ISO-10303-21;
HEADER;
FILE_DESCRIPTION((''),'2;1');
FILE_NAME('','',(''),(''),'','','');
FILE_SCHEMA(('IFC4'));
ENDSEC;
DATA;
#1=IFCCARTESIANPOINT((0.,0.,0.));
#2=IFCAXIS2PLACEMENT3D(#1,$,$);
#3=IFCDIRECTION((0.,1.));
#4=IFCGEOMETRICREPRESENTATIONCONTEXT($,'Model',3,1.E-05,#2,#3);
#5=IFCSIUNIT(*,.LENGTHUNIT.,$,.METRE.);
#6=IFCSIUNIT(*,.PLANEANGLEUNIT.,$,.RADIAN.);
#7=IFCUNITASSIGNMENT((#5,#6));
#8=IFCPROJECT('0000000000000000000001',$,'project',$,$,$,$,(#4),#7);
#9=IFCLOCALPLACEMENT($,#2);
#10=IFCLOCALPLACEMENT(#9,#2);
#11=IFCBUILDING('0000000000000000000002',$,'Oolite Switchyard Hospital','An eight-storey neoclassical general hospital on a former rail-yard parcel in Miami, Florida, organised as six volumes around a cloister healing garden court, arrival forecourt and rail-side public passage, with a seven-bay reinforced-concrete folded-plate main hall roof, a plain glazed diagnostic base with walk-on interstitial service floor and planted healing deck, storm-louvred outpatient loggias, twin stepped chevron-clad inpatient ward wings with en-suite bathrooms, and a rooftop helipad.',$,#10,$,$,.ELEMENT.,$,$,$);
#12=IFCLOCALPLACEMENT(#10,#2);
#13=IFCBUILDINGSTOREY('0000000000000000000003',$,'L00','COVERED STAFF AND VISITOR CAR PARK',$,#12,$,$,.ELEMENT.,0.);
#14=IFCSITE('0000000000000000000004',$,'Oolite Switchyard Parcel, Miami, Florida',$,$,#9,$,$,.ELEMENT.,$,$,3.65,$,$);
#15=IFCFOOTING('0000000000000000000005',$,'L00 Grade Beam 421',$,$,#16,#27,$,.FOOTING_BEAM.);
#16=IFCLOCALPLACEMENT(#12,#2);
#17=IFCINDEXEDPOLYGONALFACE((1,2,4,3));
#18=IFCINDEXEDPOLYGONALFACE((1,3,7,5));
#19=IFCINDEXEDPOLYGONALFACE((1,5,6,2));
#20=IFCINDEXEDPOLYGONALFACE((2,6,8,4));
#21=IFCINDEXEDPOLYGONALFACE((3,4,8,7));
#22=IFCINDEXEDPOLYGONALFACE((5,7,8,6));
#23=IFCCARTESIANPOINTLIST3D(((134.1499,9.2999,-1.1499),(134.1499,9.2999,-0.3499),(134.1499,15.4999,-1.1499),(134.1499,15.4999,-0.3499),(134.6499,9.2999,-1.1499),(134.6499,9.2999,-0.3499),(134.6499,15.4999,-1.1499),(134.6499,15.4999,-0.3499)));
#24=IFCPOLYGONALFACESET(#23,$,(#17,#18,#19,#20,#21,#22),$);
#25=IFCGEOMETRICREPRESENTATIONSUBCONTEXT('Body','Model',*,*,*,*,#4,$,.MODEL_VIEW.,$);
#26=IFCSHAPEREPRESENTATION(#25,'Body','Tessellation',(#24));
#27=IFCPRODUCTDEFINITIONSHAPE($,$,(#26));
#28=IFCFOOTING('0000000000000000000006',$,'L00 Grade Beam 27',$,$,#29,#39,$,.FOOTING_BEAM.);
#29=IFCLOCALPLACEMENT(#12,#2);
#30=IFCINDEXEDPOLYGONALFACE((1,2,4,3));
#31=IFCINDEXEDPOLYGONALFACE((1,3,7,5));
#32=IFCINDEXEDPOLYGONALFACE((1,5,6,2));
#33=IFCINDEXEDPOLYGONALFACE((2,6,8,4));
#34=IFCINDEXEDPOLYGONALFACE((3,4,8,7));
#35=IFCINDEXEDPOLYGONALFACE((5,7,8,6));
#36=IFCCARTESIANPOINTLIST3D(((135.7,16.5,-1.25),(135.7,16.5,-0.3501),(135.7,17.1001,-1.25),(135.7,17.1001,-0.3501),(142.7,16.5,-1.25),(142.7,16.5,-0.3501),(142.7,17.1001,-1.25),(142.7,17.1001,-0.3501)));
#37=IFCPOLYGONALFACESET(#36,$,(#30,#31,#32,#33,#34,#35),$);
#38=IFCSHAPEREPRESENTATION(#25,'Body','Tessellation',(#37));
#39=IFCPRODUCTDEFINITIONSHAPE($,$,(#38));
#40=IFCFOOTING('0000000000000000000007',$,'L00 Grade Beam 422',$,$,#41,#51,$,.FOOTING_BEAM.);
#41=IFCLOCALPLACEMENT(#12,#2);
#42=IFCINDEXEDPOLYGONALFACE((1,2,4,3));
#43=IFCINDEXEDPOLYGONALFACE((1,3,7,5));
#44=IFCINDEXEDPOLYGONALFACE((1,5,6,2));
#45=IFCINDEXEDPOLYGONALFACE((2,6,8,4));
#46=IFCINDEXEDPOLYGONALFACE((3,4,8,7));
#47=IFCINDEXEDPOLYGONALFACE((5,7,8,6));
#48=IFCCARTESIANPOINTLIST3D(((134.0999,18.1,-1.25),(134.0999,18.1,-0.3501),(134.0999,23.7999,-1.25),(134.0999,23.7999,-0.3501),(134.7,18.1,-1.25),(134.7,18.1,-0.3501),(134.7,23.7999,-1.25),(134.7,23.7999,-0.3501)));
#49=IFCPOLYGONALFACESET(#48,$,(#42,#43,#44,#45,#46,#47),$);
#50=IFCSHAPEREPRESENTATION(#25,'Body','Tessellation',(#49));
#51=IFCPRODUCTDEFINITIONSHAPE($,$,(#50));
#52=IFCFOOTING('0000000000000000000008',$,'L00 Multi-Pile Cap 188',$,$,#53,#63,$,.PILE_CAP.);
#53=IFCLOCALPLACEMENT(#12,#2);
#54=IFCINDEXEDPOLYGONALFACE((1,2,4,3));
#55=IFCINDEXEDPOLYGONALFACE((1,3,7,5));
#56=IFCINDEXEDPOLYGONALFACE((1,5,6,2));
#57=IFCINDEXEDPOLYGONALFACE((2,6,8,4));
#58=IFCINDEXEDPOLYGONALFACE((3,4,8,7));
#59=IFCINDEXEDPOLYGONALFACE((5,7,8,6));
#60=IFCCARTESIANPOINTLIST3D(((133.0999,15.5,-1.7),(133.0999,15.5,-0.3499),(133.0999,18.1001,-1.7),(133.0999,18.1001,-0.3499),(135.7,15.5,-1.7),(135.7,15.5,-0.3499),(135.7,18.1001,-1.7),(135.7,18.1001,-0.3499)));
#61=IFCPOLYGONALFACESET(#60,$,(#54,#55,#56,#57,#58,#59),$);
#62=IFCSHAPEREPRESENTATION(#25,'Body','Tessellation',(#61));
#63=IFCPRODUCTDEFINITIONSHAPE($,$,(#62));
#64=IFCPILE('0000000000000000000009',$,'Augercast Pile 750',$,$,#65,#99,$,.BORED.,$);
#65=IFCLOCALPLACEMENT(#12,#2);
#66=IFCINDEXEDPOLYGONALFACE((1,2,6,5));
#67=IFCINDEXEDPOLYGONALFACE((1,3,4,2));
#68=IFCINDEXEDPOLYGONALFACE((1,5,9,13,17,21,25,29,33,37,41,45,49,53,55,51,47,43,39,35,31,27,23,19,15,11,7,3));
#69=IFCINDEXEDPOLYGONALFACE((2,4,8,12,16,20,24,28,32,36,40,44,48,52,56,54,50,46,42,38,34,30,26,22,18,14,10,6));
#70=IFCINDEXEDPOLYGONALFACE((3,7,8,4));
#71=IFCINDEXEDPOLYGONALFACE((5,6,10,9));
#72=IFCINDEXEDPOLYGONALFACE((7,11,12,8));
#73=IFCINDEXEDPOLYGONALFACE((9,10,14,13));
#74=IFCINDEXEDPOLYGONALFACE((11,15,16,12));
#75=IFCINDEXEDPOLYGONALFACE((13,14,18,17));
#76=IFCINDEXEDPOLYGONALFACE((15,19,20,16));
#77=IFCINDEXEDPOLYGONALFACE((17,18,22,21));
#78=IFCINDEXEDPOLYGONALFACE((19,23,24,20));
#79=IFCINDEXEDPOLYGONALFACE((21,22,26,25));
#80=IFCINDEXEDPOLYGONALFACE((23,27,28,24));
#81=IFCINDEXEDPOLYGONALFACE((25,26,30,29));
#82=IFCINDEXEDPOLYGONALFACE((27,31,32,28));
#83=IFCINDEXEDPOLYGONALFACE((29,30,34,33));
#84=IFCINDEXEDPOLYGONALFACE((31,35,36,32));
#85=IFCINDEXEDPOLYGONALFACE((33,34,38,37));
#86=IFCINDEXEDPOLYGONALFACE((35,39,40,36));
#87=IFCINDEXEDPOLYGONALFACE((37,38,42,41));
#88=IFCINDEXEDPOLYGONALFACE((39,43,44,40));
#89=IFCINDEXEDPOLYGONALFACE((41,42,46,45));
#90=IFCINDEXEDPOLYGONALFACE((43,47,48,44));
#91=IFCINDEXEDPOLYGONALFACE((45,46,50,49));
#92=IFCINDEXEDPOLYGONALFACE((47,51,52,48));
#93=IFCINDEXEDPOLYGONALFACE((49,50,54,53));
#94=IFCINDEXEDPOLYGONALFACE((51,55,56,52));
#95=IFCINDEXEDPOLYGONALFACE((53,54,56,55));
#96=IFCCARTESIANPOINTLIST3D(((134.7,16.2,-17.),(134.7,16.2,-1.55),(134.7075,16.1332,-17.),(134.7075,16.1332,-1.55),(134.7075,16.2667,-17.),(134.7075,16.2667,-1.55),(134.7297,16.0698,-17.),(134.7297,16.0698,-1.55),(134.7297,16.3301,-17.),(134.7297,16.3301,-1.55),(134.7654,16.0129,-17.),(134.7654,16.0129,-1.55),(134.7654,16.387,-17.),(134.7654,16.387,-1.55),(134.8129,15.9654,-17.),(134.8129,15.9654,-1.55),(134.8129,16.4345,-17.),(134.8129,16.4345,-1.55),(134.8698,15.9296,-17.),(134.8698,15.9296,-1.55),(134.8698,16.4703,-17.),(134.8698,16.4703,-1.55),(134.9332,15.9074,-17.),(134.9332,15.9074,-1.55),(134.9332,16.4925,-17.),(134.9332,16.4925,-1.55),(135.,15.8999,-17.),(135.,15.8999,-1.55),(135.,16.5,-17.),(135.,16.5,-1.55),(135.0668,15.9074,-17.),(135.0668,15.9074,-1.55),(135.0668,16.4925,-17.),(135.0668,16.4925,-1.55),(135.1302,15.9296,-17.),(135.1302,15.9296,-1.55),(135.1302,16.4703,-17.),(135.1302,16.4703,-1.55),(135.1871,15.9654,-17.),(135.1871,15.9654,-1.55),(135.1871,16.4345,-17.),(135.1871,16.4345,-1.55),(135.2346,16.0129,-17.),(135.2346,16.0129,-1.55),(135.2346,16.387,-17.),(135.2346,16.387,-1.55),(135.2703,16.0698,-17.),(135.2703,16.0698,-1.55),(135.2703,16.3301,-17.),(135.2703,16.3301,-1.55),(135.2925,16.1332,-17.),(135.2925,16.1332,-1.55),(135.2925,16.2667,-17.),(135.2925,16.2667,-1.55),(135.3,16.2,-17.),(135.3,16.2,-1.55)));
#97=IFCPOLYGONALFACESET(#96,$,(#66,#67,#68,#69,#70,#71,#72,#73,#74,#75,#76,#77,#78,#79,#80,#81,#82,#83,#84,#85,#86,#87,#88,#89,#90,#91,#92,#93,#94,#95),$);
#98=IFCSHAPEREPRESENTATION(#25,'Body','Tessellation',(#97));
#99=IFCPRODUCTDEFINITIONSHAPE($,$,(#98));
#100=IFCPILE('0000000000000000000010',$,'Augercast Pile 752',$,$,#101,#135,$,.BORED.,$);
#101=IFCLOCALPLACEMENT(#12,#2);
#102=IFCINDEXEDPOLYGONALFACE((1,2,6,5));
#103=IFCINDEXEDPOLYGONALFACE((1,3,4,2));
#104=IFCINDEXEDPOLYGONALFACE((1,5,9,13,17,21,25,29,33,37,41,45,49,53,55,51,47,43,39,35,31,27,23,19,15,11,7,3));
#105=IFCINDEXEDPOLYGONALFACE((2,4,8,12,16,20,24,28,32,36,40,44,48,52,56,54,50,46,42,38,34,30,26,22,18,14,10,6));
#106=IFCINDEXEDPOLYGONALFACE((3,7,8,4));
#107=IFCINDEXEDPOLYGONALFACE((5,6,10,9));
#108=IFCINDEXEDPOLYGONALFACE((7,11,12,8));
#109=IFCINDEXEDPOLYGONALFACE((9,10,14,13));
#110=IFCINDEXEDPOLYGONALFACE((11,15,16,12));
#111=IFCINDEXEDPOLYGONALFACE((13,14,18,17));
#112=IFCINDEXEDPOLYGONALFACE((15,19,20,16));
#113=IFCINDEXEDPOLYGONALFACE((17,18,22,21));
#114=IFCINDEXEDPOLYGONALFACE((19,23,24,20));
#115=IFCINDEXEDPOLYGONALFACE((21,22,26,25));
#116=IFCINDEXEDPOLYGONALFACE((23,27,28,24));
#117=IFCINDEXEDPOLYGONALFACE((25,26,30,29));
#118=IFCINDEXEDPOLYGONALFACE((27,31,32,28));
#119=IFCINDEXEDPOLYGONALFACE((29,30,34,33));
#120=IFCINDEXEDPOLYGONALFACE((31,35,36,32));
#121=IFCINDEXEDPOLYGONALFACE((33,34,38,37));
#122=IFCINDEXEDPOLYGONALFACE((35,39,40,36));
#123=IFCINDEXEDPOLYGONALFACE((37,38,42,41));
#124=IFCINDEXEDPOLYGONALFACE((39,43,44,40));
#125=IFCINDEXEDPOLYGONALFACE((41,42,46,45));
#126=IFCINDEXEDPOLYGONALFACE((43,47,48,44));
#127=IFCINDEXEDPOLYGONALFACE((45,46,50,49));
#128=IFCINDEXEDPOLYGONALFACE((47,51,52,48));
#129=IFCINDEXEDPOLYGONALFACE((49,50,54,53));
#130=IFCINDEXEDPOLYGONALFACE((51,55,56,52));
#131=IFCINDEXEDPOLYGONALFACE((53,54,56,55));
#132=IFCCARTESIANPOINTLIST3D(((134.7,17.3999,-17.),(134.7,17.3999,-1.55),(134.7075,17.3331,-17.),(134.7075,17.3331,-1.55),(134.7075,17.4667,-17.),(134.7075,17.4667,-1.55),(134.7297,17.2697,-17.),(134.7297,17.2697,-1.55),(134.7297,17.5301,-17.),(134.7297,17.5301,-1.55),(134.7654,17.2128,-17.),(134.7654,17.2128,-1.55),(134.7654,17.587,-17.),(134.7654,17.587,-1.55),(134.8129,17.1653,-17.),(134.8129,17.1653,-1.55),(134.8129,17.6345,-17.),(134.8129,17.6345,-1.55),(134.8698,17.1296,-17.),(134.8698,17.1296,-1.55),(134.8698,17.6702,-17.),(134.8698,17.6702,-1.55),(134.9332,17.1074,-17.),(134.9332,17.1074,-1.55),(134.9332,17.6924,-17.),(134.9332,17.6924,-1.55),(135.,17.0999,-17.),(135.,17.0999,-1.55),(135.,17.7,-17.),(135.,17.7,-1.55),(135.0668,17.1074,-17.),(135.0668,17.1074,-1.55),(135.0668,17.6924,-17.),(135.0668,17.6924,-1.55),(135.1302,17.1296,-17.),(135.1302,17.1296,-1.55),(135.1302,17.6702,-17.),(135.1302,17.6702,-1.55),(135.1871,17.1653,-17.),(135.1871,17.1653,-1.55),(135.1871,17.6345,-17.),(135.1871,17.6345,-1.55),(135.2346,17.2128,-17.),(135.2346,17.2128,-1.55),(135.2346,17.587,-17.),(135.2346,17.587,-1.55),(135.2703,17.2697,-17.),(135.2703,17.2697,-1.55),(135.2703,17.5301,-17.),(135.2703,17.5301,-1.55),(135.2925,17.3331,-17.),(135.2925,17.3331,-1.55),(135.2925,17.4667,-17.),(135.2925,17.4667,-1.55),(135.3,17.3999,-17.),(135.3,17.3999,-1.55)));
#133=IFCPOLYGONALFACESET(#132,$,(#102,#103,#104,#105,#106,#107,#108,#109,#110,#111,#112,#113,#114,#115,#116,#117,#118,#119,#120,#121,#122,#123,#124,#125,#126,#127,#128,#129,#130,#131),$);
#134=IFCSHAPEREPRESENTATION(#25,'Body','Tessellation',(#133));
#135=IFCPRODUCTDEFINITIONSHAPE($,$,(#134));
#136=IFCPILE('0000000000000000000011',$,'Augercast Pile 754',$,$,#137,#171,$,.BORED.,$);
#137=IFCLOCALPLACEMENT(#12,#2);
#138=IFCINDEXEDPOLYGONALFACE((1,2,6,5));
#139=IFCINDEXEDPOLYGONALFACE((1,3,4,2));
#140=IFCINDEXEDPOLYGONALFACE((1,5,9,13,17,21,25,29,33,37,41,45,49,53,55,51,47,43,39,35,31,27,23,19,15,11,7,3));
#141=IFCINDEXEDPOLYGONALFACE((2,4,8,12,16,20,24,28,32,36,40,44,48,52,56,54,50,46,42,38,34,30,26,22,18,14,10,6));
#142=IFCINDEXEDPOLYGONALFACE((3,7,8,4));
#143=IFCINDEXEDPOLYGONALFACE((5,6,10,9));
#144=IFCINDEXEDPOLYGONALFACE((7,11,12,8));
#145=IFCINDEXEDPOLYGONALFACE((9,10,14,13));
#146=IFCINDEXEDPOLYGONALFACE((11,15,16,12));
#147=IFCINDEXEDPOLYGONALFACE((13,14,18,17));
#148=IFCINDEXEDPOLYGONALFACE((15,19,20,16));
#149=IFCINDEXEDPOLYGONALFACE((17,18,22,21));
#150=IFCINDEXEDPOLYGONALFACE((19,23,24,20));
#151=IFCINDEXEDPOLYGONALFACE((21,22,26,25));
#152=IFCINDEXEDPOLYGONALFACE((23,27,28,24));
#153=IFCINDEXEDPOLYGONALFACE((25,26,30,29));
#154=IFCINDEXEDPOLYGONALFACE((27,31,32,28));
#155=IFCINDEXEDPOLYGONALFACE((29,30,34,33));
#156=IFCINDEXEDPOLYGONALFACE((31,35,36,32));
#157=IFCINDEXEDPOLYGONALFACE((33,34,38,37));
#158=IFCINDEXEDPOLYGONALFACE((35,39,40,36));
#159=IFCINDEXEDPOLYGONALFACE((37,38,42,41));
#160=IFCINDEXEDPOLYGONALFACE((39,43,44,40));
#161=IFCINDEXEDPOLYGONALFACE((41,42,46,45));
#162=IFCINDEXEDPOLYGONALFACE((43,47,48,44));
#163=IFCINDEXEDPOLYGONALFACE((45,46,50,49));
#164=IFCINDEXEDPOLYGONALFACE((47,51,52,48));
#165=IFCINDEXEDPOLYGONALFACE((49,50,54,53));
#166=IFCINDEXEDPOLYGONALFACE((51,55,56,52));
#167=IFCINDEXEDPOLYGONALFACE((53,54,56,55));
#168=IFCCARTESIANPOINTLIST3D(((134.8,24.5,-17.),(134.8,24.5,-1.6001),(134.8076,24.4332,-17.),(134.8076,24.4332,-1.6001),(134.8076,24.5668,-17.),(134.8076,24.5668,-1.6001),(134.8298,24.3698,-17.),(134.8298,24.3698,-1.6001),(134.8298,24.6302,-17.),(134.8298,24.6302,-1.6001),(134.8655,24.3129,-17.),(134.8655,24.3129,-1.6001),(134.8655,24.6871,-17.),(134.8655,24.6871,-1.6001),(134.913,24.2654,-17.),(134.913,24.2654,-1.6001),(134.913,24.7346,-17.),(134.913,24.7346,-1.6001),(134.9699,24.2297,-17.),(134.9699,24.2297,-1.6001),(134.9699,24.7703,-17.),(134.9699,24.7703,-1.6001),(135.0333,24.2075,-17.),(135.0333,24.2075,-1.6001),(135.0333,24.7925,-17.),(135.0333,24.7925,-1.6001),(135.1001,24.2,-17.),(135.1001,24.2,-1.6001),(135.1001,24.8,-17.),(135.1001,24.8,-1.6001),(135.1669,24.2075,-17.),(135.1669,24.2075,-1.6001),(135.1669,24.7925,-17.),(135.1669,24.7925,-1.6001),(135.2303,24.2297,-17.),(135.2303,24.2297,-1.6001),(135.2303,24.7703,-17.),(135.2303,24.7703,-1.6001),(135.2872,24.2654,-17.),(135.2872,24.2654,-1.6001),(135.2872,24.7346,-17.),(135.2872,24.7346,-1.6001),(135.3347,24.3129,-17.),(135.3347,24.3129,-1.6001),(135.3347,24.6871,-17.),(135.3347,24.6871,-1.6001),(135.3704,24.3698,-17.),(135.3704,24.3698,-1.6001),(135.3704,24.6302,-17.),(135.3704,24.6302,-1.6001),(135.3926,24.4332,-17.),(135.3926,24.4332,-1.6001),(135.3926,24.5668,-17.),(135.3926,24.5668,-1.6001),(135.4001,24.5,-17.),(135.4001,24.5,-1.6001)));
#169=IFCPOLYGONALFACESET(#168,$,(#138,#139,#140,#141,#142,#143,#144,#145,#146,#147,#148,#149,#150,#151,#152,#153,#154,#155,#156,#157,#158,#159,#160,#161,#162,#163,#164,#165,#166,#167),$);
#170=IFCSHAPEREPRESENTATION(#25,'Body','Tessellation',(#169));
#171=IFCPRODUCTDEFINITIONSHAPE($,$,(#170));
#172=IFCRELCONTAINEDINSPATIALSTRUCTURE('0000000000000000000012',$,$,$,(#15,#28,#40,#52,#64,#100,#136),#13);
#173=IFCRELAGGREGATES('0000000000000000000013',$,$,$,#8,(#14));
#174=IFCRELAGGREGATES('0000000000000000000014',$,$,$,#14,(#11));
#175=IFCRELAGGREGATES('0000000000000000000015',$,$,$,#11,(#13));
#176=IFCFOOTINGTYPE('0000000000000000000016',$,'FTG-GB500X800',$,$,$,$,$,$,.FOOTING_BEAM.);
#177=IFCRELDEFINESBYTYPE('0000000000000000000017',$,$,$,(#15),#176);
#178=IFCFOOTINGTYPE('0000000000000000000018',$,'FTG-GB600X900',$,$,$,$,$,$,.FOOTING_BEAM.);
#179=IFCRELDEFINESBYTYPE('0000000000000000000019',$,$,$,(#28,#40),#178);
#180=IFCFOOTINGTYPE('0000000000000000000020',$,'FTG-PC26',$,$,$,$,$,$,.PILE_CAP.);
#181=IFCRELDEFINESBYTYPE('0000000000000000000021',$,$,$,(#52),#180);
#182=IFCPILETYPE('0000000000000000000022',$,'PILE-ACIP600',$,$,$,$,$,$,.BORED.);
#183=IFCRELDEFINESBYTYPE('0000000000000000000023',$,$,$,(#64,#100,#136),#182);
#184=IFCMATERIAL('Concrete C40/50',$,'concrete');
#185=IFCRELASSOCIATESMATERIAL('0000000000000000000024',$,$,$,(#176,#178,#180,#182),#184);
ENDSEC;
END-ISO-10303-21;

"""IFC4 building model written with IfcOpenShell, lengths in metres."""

from ifc_helpers import new_model, si_unit, direction, frame, origin, origin_2d, place, context, subcontext, project, spatial, rectangle, circle, extrude, material, material_profile, profile_set, type_object, element, save


model = new_model("IFC4")

# Units and contexts
model_context = context("Model", 3, precision=1e-05, world=origin(), true_north=direction((0.0, 1.0)))
body_context = subcontext(model_context, "Body", "Model", "MODEL_VIEW")
ifc_project = project(units=[si_unit("LENGTHUNIT", "METRE"), si_unit("PLANEANGLEUNIT", "RADIAN")], contexts=[model_context])

# Site, building, storey
site_placement = place(None, origin())
site = spatial("IfcSite", under=ifc_project, at=site_placement, Name="Oolite Switchyard Parcel, Miami, Florida", CompositionType="ELEMENT", RefElevation=3.65)
building_placement = place(site_placement, origin())
building = spatial("IfcBuilding", under=site, at=building_placement, Name="Oolite Switchyard Hospital", Description="An eight-storey neoclassical general hospital on a former rail-yard parcel in Miami, Florida, organised as six volumes around a cloister healing garden court, arrival forecourt and rail-side public passage, with a seven-bay reinforced-concrete folded-plate main hall roof, a plain glazed diagnostic base with walk-on interstitial service floor and planted healing deck, storm-louvred outpatient loggias, twin stepped chevron-clad inpatient ward wings with en-suite bathrooms, and a rooftop helipad.", CompositionType="ELEMENT")
storey_placement = place(building_placement, origin())
storey = spatial("IfcBuildingStorey", under=building, at=storey_placement, Name="L00", Description="COVERED STAFF AND VISITOR CAR PARK", CompositionType="ELEMENT", Elevation=0.0)

# Footings
ifc_material_1 = material(Name="Concrete C40/50", Category="concrete")
footing_type_1 = type_object("IfcFootingType", Name="FTG-GB500X800", PredefinedType="FOOTING_BEAM", material=ifc_material_1)
footing_1_placement = place(storey_placement, frame((134.3999, 12.3999, -1.1499), z_axis=(0.0, 0.0, 1.0), x_axis=(0.0, 1.0, 0.0)))
element("IfcFooting", 1, at=footing_1_placement, inside=storey, type_object=footing_type_1, Name="L00 Grade Beam 421", PredefinedType="FOOTING_BEAM", context=body_context, shape_type="SweptSolid", body=[
    extrude(rectangle(XDim=6.2, YDim=0.5, at=origin_2d()), origin(), (0.0, 0.0, 1.0), 0.8),
])
footing_type_2 = type_object("IfcFootingType", Name="FTG-GB600X900", PredefinedType="FOOTING_BEAM", material=ifc_material_1)
footing_2_placement = place(storey_placement, frame((139.2, 16.8, -1.25), z_axis=(0.0, 0.0, 1.0), x_axis=(1.0, 0.0, 0.0)))
element("IfcFooting", 2, at=footing_2_placement, inside=storey, type_object=footing_type_2, Name="L00 Grade Beam 27", PredefinedType="FOOTING_BEAM", context=body_context, shape_type="SweptSolid", body=[
    extrude(rectangle(XDim=7.0, YDim=0.6001, at=origin_2d()), origin(), (0.0, 0.0, 1.0), 0.8999),
])
footing_3_placement = place(storey_placement, frame((134.3999, 20.95, -1.25), z_axis=(0.0, 0.0, 1.0), x_axis=(0.0, 1.0, 0.0)))
element("IfcFooting", 3, at=footing_3_placement, inside=storey, type_object=footing_type_2, Name="L00 Grade Beam 422", PredefinedType="FOOTING_BEAM", context=body_context, shape_type="SweptSolid", body=[
    extrude(rectangle(XDim=5.7, YDim=0.6001, at=origin_2d()), origin(), (0.0, 0.0, 1.0), 0.8999),
])
footing_type_3 = type_object("IfcFootingType", Name="FTG-PC26", PredefinedType="PILE_CAP", material=ifc_material_1)
footing_4_placement = place(storey_placement, frame((134.3999, 16.8, -1.7), z_axis=(0.0, 0.0, 1.0), x_axis=(1.0, 0.0, 0.0)))
element("IfcFooting", 4, at=footing_4_placement, inside=storey, type_object=footing_type_3, Name="L00 Multi-Pile Cap 188", PredefinedType="PILE_CAP", context=body_context, shape_type="SweptSolid", body=[
    extrude(rectangle(XDim=2.6001, YDim=2.6001, at=origin_2d()), origin(), (0.0, 0.0, 1.0), 1.3501),
])

# Piles
ifc_material_profile_1 = material_profile(ifc_material_1, circle(Radius=0.3, at=origin_2d()), Name="PILE600")
ifc_profile_set_1 = profile_set([ifc_material_profile_1], Name="Concrete C40/50")
pile_type_1 = type_object("IfcPileType", Name="PILE-ACIP600", PredefinedType="BORED", material=ifc_profile_set_1)
for number, where, z_axis, x_axis, name in (
    (5, (135.0, 16.2, -1.55), (0.0, 0.0, -1.0), (1.0, 0.0, 0.0), "Augercast Pile 750"),
    (6, (135.0, 17.3999, -1.55), (0.0, 0.0, -1.0), (1.0, 0.0, 0.0), "Augercast Pile 752"),
):
    element("IfcPile", number, at=place(storey_placement, frame(where, z_axis=z_axis, x_axis=x_axis)), inside=storey, type_object=pile_type_1, Name=name, PredefinedType="BORED", context=body_context, shape_type="SweptSolid", body=[
        extrude(circle(Radius=0.3, at=origin_2d()), origin(), (0.0, 0.0, 1.0), 15.45),
    ])
pile_1_placement = place(storey_placement, frame((135.1001, 24.5, -1.6001), z_axis=(0.0, 0.0, -1.0), x_axis=(1.0, 0.0, 0.0)))
element("IfcPile", 7, at=pile_1_placement, inside=storey, type_object=pile_type_1, Name="Augercast Pile 754", PredefinedType="BORED", context=body_context, shape_type="SweptSolid", body=[
    extrude(circle(Radius=0.3, at=origin_2d()), origin(), (0.0, 0.0, 1.0), 15.3999),
])

save(model, "model.ifc")
